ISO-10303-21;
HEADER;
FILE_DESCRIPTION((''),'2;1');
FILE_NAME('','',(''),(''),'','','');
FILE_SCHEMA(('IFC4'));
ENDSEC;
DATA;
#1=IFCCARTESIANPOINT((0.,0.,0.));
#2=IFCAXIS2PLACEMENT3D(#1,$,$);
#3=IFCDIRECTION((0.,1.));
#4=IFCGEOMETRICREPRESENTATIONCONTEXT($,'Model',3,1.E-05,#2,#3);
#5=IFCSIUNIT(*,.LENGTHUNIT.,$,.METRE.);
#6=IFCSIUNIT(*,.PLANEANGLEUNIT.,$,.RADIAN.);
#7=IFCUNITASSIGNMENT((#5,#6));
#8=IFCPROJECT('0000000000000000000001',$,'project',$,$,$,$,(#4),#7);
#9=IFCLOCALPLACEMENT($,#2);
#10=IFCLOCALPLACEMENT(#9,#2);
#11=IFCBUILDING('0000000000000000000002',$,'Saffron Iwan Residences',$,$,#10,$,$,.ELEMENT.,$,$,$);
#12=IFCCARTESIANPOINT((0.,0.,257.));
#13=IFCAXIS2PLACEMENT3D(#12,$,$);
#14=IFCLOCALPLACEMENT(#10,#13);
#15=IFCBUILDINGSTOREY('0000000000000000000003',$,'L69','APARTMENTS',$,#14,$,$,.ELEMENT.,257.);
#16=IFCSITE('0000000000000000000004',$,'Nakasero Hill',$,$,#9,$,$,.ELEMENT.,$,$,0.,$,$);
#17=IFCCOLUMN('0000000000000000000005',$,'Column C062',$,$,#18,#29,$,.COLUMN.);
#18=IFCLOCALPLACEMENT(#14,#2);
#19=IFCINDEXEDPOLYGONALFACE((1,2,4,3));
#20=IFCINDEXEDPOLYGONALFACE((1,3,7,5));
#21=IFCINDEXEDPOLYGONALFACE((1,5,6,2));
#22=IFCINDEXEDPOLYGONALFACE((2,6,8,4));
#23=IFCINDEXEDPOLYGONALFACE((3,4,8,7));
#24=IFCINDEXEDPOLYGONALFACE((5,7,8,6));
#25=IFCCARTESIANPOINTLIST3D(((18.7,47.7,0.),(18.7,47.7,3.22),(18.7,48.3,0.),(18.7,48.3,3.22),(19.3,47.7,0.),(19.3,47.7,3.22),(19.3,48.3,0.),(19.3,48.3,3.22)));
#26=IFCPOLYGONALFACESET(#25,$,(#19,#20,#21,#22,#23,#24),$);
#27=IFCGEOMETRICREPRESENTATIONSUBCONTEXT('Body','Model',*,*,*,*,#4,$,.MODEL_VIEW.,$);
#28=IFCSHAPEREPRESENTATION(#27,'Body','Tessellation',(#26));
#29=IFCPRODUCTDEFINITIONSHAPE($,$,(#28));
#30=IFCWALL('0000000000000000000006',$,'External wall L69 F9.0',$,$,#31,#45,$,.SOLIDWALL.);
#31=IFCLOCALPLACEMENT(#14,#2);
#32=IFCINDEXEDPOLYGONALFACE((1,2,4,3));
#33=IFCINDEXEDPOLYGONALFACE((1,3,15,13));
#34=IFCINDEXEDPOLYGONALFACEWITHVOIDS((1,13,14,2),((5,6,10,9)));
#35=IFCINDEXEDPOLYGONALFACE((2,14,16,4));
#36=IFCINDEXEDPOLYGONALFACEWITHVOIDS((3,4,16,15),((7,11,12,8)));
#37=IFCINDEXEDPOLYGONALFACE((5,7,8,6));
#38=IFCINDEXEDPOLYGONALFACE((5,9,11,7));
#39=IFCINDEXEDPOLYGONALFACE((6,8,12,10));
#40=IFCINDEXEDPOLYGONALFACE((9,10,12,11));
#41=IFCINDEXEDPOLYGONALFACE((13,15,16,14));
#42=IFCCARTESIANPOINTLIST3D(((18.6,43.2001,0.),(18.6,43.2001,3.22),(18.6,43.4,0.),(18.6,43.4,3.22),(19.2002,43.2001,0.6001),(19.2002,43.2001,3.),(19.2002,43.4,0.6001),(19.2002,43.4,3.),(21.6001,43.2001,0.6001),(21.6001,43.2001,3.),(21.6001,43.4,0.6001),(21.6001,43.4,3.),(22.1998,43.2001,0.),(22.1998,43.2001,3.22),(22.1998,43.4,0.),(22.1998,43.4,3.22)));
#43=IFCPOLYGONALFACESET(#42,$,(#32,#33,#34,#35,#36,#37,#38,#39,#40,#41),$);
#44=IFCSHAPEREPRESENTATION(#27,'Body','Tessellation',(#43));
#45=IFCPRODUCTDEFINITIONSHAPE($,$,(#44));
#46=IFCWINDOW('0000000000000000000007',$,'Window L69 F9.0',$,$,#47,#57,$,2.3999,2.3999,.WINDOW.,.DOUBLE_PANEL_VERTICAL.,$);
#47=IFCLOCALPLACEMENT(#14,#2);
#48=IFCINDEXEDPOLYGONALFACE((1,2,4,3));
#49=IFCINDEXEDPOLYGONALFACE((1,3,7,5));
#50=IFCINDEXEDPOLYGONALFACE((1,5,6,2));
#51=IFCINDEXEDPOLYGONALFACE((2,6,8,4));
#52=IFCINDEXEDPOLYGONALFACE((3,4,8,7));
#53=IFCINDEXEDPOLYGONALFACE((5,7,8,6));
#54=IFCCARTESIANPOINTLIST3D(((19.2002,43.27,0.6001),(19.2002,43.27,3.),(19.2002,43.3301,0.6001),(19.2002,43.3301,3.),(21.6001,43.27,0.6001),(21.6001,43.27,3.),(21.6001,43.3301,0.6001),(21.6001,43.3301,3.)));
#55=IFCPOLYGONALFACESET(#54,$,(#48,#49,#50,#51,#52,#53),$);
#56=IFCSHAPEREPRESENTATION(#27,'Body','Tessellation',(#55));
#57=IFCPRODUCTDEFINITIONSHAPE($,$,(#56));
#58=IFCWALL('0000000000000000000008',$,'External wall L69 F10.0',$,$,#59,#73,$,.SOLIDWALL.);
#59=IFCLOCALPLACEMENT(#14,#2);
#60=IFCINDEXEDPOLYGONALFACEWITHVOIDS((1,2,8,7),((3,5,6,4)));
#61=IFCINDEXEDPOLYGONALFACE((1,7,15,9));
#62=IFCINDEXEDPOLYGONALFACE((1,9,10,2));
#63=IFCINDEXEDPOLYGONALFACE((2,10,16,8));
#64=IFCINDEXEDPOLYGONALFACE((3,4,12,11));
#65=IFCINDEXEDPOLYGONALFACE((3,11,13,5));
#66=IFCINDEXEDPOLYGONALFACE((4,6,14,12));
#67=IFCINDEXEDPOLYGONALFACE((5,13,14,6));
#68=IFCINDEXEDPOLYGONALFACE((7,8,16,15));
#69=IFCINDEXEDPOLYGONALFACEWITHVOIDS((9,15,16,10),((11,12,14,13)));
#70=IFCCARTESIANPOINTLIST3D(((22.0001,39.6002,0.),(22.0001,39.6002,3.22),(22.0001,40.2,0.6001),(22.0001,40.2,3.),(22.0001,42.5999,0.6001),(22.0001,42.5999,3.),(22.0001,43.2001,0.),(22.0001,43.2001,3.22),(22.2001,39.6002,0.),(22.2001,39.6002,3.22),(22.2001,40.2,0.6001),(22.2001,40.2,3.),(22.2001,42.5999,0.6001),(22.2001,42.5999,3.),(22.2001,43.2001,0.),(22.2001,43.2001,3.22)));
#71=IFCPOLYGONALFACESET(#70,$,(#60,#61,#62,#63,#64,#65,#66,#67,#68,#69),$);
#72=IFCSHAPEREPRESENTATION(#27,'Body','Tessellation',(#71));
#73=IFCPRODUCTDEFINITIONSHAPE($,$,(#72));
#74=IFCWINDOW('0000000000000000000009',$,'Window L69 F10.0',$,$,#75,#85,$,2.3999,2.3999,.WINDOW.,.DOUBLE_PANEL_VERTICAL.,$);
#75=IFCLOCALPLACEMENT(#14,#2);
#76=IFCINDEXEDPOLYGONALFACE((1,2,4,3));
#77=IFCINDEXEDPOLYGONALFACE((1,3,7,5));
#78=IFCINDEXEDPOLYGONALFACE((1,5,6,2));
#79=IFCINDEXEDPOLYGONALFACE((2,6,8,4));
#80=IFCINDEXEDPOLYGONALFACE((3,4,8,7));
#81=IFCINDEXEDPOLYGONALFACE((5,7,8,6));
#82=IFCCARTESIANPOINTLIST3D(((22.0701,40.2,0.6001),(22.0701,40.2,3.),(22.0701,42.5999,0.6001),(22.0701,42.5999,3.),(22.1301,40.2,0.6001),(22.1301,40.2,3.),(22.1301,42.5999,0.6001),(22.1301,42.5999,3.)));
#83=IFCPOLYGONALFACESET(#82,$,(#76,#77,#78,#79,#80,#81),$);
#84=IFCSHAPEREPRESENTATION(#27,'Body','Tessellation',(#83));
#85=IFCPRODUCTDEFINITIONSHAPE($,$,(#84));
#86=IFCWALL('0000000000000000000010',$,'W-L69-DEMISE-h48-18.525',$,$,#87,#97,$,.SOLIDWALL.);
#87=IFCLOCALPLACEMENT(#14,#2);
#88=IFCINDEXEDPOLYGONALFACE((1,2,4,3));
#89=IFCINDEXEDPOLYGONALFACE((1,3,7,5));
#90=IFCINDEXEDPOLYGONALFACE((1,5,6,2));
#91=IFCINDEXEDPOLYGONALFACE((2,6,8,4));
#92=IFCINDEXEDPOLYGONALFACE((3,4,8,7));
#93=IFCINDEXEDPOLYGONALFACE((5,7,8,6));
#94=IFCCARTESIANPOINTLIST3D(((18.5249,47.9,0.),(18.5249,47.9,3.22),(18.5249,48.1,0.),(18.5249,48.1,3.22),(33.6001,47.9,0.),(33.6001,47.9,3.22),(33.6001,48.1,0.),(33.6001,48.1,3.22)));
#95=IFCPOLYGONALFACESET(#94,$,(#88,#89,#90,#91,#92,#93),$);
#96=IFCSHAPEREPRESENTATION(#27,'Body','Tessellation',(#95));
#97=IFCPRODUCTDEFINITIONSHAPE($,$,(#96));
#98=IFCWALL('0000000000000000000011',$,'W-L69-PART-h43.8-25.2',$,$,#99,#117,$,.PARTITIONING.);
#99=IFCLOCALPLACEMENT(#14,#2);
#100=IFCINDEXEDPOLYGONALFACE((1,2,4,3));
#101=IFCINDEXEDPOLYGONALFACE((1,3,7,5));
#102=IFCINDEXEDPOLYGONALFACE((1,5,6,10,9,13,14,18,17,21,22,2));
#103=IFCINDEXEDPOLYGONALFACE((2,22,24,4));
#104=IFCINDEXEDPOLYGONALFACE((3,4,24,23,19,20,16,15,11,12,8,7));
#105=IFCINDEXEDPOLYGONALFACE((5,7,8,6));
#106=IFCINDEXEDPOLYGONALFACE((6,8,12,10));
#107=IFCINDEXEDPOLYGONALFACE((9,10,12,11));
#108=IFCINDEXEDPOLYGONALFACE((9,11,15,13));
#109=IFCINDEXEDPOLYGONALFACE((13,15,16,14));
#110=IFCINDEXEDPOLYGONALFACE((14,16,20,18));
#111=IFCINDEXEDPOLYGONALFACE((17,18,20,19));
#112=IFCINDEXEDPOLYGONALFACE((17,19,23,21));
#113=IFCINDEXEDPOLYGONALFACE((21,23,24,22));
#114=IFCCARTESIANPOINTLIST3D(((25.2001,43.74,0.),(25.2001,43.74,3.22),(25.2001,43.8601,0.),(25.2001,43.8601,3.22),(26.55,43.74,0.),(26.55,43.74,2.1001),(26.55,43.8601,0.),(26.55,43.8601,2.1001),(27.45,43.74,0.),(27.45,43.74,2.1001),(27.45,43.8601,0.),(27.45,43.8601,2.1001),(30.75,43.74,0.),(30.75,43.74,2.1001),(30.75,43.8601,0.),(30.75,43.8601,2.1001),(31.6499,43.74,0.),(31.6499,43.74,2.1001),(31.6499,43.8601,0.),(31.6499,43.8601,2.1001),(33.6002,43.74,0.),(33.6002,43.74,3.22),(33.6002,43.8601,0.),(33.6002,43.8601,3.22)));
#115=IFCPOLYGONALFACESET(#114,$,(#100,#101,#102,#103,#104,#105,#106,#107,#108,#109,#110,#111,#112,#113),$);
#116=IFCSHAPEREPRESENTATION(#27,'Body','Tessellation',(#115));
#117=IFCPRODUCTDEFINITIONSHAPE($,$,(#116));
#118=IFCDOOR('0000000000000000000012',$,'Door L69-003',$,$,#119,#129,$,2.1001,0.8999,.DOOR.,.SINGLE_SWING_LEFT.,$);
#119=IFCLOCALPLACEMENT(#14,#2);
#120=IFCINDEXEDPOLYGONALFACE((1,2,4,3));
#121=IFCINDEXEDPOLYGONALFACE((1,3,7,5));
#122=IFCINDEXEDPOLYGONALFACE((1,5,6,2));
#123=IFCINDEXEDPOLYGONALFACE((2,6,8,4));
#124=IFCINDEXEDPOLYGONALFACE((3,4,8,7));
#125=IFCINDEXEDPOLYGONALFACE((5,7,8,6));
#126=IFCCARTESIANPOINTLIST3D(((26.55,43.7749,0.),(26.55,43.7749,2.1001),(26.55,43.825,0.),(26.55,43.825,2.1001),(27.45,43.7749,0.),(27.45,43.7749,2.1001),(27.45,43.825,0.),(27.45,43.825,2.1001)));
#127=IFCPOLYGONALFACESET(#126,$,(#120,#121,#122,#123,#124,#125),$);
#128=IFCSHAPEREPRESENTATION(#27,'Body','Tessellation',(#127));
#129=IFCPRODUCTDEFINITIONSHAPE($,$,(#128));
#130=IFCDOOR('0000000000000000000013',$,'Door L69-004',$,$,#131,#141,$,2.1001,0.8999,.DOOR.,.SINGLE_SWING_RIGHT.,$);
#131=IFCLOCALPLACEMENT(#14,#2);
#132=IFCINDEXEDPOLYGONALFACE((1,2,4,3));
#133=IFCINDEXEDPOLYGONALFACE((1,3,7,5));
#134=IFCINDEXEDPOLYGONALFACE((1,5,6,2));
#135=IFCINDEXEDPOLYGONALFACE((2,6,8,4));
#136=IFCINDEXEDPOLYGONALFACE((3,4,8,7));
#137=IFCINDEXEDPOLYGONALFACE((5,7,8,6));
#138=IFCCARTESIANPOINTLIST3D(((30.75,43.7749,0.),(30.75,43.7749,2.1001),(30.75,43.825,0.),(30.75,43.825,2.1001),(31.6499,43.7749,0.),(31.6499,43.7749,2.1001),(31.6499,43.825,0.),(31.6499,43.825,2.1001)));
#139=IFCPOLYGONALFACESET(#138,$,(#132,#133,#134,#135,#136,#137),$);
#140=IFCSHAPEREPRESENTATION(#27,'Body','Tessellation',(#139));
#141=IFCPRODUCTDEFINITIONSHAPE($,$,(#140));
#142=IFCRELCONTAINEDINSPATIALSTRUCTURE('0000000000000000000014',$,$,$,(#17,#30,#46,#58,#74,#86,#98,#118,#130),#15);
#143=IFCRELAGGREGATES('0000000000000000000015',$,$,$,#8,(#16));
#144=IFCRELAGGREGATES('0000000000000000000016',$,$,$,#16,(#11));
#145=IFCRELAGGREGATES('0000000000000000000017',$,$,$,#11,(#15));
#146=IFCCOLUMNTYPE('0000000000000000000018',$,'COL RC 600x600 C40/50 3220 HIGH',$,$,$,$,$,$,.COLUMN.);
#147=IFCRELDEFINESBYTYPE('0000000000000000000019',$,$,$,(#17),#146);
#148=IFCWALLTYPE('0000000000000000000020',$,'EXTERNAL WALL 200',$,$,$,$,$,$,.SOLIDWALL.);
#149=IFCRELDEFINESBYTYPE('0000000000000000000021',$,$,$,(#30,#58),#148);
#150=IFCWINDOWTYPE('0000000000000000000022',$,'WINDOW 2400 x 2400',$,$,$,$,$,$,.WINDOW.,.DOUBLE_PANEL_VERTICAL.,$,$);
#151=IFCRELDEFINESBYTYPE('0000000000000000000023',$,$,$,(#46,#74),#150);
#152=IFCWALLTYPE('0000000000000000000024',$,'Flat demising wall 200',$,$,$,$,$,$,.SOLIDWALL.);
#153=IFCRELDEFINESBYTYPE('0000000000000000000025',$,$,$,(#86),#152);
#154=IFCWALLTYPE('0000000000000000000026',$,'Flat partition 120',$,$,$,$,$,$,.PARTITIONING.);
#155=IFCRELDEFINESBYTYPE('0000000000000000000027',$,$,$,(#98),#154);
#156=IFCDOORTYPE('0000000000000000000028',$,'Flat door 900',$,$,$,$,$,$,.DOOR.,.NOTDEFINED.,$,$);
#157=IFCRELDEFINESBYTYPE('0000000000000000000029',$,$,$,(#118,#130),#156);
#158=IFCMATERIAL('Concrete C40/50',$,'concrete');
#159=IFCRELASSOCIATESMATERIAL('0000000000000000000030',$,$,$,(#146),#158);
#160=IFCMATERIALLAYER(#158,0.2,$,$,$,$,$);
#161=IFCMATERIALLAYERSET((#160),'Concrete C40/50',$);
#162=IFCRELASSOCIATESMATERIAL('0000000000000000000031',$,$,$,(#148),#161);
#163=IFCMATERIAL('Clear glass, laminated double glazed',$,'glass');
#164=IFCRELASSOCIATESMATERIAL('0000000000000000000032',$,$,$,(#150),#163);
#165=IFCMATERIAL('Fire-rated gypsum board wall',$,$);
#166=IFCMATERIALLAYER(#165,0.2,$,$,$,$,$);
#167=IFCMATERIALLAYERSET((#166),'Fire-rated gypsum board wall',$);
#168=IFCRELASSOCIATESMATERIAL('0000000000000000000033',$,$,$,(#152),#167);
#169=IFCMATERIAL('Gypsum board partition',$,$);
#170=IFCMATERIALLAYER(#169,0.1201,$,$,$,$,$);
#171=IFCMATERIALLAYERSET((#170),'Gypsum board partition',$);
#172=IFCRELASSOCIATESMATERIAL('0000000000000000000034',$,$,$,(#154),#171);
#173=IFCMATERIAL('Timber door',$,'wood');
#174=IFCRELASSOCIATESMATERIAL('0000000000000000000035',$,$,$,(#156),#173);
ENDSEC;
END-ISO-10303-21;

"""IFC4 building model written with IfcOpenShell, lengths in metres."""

from ifc_helpers import new_model, si_unit, direction, frame, frame_2d, origin, origin_2d, place, context, subcontext, project, spatial, rectangle, extrude, source, transform, mapped, material, layer, layer_set, material_profile, profile_set, type_object, element, fill, save


model = new_model("IFC4")

# Units and contexts
model_context = context("Model", 3, precision=1e-05, world=origin(), true_north=direction((0.0, 1.0)))
body_context = subcontext(model_context, "Body", "Model", "MODEL_VIEW")
ifc_project = project(units=[si_unit("LENGTHUNIT", "METRE"), si_unit("PLANEANGLEUNIT", "RADIAN")], contexts=[model_context])

# Site, building, storey
site_placement = place(None, origin())
site = spatial("IfcSite", under=ifc_project, at=site_placement, Name="Nakasero Hill", CompositionType="ELEMENT", RefElevation=0.0)
building_placement = place(site_placement, origin())
building = spatial("IfcBuilding", under=site, at=building_placement, Name="Saffron Iwan Residences", CompositionType="ELEMENT")
storey_placement = place(building_placement, frame((0.0, 0.0, 257.0)))
storey = spatial("IfcBuildingStorey", under=building, at=storey_placement, Name="L69", Description="APARTMENTS", CompositionType="ELEMENT", Elevation=257.0)

# Column
ifc_material_1 = material(Name="Concrete C40/50", Category="concrete")
ifc_material_profile = material_profile(ifc_material_1, rectangle(XDim=0.6001, YDim=0.6001, at=origin_2d()), Name="RC 600x600")
ifc_profile_set = profile_set([ifc_material_profile], Name="Concrete C40/50")
column_type = type_object("IfcColumnType", Name="COL RC 600x600 C40/50 3220 HIGH", PredefinedType="COLUMN", material=ifc_profile_set)
shared_shape = source(origin(), body_context, "Body", "SweptSolid", [
    extrude(rectangle(XDim=0.6001, YDim=0.6001, at=origin_2d()), origin(), (0.0, 0.0, 1.0), 3.22),
])
column_placement = place(storey_placement, frame((19.0, 48.0, 0.0), z_axis=(0.0, 0.0, 1.0), x_axis=(1.0, 0.0, 0.0)))
element("IfcColumn", 1, at=column_placement, inside=storey, type_object=column_type, Name="Column C062", PredefinedType="COLUMN", context=body_context, shape_type="MappedRepresentation", body=[
    mapped(shared_shape, transform((0.0, 0.0, 0.0))),
])

# Walls, openings, windows
ifc_layer_1 = layer(ifc_material_1, 0.2)
ifc_layer_set_1 = layer_set([ifc_layer_1], Name="Concrete C40/50")
wall_type_1 = type_object("IfcWallType", Name="EXTERNAL WALL 200", PredefinedType="SOLIDWALL", material=ifc_layer_set_1)
wall_1_placement = place(storey_placement, frame((18.6001, 43.3, 0.0), z_axis=(0.0, 0.0, 1.0), x_axis=(1.0, 0.0, 0.0)))
wall_1 = element("IfcWall", 2, at=wall_1_placement, inside=storey, type_object=wall_type_1, Name="External wall L69 F9.0", PredefinedType="SOLIDWALL", context=body_context, shape_type="SweptSolid", body=[
    extrude(rectangle(XDim=3.5999, YDim=0.2, at=frame_2d((1.7998, 0.0))), origin(), (0.0, 0.0, 1.0), 3.22),
])
opening_1_placement = place(wall_1_placement, frame((0.6001, 0.0, 0.6001)))
opening_1 = element("IfcOpeningElement", 3, at=opening_1_placement, cuts=wall_1, PredefinedType="OPENING", context=body_context, shape_type="SweptSolid", body=[
    extrude(rectangle(XDim=2.3999, YDim=2.3999, at=frame_2d((1.2, 1.2))), frame((0.0, 0.1099, 0.0), z_axis=(0.0, -1.0, 0.0), x_axis=(1.0, 0.0, 0.0)), (0.0, 0.0, 1.0), 0.22),
])
ifc_material_2 = material(Name="Clear glass, laminated double glazed", Category="glass")
window_type = type_object("IfcWindowType", Name="WINDOW 2400 x 2400", PartitioningType="DOUBLE_PANEL_VERTICAL", PredefinedType="WINDOW", material=ifc_material_2)
window_1_placement = place(opening_1_placement, origin())
window_1 = element("IfcWindow", 4, at=window_1_placement, inside=storey, type_object=window_type, Name="Window L69 F9.0", OverallHeight=2.3999, OverallWidth=2.3999, PartitioningType="DOUBLE_PANEL_VERTICAL", PredefinedType="WINDOW", context=body_context, shape_type="SweptSolid", body=[
    extrude(rectangle(XDim=2.3999, YDim=2.3999, at=frame_2d((1.2, 1.2))), frame((0.0, 0.03, 0.0), z_axis=(0.0, -1.0, 0.0), x_axis=(1.0, 0.0, 0.0)), (0.0, 0.0, 1.0), 0.0601),
])
fill(opening_1, window_1)
wall_2_placement = place(storey_placement, frame((22.1001, 43.2, 0.0), z_axis=(0.0, 0.0, 1.0), x_axis=(0.0, -1.0, 0.0)))
wall_2 = element("IfcWall", 5, at=wall_2_placement, inside=storey, type_object=wall_type_1, Name="External wall L69 F10.0", PredefinedType="SOLIDWALL", context=body_context, shape_type="SweptSolid", body=[
    extrude(rectangle(XDim=3.5999, YDim=0.2, at=frame_2d((1.7998, 0.0))), origin(), (0.0, 0.0, 1.0), 3.22),
])
opening_2_placement = place(wall_2_placement, frame((0.6001, 0.0, 0.6001)))
opening_2 = element("IfcOpeningElement", 6, at=opening_2_placement, cuts=wall_2, PredefinedType="OPENING", context=body_context, shape_type="SweptSolid", body=[
    extrude(rectangle(XDim=2.3999, YDim=2.3999, at=frame_2d((1.2, 1.2))), frame((0.0, 0.1099, 0.0), z_axis=(0.0, -1.0, 0.0), x_axis=(1.0, 0.0, 0.0)), (0.0, 0.0, 1.0), 0.22),
])
window_2_placement = place(opening_2_placement, origin())
window_2 = element("IfcWindow", 7, at=window_2_placement, inside=storey, type_object=window_type, Name="Window L69 F10.0", OverallHeight=2.3999, OverallWidth=2.3999, PartitioningType="DOUBLE_PANEL_VERTICAL", PredefinedType="WINDOW", context=body_context, shape_type="SweptSolid", body=[
    extrude(rectangle(XDim=2.3999, YDim=2.3999, at=frame_2d((1.2, 1.2))), frame((0.0, 0.03, 0.0), z_axis=(0.0, -1.0, 0.0), x_axis=(1.0, 0.0, 0.0)), (0.0, 0.0, 1.0), 0.0601),
])
fill(opening_2, window_2)

# Wall
ifc_material_3 = material(Name="Fire-rated gypsum board wall")
ifc_layer_2 = layer(ifc_material_3, 0.2)
ifc_layer_set_2 = layer_set([ifc_layer_2], Name="Fire-rated gypsum board wall")
wall_type_2 = type_object("IfcWallType", Name="Flat demising wall 200", PredefinedType="SOLIDWALL", material=ifc_layer_set_2)
wall_3_placement = place(storey_placement, frame((18.5249, 48.0, 0.0), z_axis=(0.0, 0.0, 1.0), x_axis=(1.0, 0.0, 0.0)))
element("IfcWall", 8, at=wall_3_placement, inside=storey, type_object=wall_type_2, Name="W-L69-DEMISE-h48-18.525", PredefinedType="SOLIDWALL", context=body_context, shape_type="SweptSolid", body=[
    extrude(rectangle(XDim=15.0752, YDim=0.2, at=frame_2d((7.5376, 0.0))), origin(), (0.0, 0.0, 1.0), 3.22),
])

# Wall, openings, doors
ifc_material_4 = material(Name="Gypsum board partition")
ifc_layer_3 = layer(ifc_material_4, 0.1201)
ifc_layer_set_3 = layer_set([ifc_layer_3], Name="Gypsum board partition")
wall_type_3 = type_object("IfcWallType", Name="Flat partition 120", PredefinedType="PARTITIONING", material=ifc_layer_set_3)
wall_4_placement = place(storey_placement, frame((25.2, 43.8, 0.0), z_axis=(0.0, 0.0, 1.0), x_axis=(1.0, 0.0, 0.0)))
wall_4 = element("IfcWall", 9, at=wall_4_placement, inside=storey, type_object=wall_type_3, Name="W-L69-PART-h43.8-25.2", PredefinedType="PARTITIONING", context=body_context, shape_type="SweptSolid", body=[
    extrude(rectangle(XDim=8.4001, YDim=0.1201, at=frame_2d((4.2002, 0.0))), origin(), (0.0, 0.0, 1.0), 3.22),
])
opening_3_placement = place(wall_4_placement, frame((1.3501, 0.0, 0.0)))
opening_3 = element("IfcOpeningElement", 10, at=opening_3_placement, cuts=wall_4, PredefinedType="OPENING", context=body_context, shape_type="SweptSolid", body=[
    extrude(rectangle(XDim=0.8999, YDim=2.1001, at=frame_2d((0.45, 1.05))), frame((0.0, 0.0701, 0.0), z_axis=(0.0, -1.0, 0.0), x_axis=(1.0, 0.0, 0.0)), (0.0, 0.0, 1.0), 0.1401),
])
opening_4_placement = place(wall_4_placement, frame((5.55, 0.0, 0.0)))
opening_4 = element("IfcOpeningElement", 11, at=opening_4_placement, cuts=wall_4, PredefinedType="OPENING", context=body_context, shape_type="SweptSolid", body=[
    extrude(rectangle(XDim=0.8999, YDim=2.1001, at=frame_2d((0.45, 1.05))), frame((0.0, 0.0701, 0.0), z_axis=(0.0, -1.0, 0.0), x_axis=(1.0, 0.0, 0.0)), (0.0, 0.0, 1.0), 0.1401),
])
ifc_material_5 = material(Name="Timber door", Category="wood")
door_type = type_object("IfcDoorType", Name="Flat door 900", OperationType="NOTDEFINED", PredefinedType="DOOR", material=ifc_material_5)
door_1_placement = place(opening_3_placement, origin())
door_1 = element("IfcDoor", 12, at=door_1_placement, inside=storey, type_object=door_type, Name="Door L69-003", OperationType="SINGLE_SWING_LEFT", OverallHeight=2.1001, OverallWidth=0.8999, PredefinedType="DOOR", context=body_context, shape_type="SweptSolid", body=[
    extrude(rectangle(XDim=0.8999, YDim=2.1001, at=frame_2d((0.45, 1.05))), frame((0.0, 0.0249, 0.0), z_axis=(0.0, -1.0, 0.0), x_axis=(1.0, 0.0, 0.0)), (0.0, 0.0, 1.0), 0.05),
])
fill(opening_3, door_1)
door_2_placement = place(opening_4_placement, origin())
door_2 = element("IfcDoor", 13, at=door_2_placement, inside=storey, type_object=door_type, Name="Door L69-004", OperationType="SINGLE_SWING_RIGHT", OverallHeight=2.1001, OverallWidth=0.8999, PredefinedType="DOOR", context=body_context, shape_type="SweptSolid", body=[
    extrude(rectangle(XDim=0.8999, YDim=2.1001, at=frame_2d((0.45, 1.05))), frame((0.0, 0.0249, 0.0), z_axis=(0.0, -1.0, 0.0), x_axis=(1.0, 0.0, 0.0)), (0.0, 0.0, 1.0), 0.05),
])
fill(opening_4, door_2)

save(model, "model.ifc")
